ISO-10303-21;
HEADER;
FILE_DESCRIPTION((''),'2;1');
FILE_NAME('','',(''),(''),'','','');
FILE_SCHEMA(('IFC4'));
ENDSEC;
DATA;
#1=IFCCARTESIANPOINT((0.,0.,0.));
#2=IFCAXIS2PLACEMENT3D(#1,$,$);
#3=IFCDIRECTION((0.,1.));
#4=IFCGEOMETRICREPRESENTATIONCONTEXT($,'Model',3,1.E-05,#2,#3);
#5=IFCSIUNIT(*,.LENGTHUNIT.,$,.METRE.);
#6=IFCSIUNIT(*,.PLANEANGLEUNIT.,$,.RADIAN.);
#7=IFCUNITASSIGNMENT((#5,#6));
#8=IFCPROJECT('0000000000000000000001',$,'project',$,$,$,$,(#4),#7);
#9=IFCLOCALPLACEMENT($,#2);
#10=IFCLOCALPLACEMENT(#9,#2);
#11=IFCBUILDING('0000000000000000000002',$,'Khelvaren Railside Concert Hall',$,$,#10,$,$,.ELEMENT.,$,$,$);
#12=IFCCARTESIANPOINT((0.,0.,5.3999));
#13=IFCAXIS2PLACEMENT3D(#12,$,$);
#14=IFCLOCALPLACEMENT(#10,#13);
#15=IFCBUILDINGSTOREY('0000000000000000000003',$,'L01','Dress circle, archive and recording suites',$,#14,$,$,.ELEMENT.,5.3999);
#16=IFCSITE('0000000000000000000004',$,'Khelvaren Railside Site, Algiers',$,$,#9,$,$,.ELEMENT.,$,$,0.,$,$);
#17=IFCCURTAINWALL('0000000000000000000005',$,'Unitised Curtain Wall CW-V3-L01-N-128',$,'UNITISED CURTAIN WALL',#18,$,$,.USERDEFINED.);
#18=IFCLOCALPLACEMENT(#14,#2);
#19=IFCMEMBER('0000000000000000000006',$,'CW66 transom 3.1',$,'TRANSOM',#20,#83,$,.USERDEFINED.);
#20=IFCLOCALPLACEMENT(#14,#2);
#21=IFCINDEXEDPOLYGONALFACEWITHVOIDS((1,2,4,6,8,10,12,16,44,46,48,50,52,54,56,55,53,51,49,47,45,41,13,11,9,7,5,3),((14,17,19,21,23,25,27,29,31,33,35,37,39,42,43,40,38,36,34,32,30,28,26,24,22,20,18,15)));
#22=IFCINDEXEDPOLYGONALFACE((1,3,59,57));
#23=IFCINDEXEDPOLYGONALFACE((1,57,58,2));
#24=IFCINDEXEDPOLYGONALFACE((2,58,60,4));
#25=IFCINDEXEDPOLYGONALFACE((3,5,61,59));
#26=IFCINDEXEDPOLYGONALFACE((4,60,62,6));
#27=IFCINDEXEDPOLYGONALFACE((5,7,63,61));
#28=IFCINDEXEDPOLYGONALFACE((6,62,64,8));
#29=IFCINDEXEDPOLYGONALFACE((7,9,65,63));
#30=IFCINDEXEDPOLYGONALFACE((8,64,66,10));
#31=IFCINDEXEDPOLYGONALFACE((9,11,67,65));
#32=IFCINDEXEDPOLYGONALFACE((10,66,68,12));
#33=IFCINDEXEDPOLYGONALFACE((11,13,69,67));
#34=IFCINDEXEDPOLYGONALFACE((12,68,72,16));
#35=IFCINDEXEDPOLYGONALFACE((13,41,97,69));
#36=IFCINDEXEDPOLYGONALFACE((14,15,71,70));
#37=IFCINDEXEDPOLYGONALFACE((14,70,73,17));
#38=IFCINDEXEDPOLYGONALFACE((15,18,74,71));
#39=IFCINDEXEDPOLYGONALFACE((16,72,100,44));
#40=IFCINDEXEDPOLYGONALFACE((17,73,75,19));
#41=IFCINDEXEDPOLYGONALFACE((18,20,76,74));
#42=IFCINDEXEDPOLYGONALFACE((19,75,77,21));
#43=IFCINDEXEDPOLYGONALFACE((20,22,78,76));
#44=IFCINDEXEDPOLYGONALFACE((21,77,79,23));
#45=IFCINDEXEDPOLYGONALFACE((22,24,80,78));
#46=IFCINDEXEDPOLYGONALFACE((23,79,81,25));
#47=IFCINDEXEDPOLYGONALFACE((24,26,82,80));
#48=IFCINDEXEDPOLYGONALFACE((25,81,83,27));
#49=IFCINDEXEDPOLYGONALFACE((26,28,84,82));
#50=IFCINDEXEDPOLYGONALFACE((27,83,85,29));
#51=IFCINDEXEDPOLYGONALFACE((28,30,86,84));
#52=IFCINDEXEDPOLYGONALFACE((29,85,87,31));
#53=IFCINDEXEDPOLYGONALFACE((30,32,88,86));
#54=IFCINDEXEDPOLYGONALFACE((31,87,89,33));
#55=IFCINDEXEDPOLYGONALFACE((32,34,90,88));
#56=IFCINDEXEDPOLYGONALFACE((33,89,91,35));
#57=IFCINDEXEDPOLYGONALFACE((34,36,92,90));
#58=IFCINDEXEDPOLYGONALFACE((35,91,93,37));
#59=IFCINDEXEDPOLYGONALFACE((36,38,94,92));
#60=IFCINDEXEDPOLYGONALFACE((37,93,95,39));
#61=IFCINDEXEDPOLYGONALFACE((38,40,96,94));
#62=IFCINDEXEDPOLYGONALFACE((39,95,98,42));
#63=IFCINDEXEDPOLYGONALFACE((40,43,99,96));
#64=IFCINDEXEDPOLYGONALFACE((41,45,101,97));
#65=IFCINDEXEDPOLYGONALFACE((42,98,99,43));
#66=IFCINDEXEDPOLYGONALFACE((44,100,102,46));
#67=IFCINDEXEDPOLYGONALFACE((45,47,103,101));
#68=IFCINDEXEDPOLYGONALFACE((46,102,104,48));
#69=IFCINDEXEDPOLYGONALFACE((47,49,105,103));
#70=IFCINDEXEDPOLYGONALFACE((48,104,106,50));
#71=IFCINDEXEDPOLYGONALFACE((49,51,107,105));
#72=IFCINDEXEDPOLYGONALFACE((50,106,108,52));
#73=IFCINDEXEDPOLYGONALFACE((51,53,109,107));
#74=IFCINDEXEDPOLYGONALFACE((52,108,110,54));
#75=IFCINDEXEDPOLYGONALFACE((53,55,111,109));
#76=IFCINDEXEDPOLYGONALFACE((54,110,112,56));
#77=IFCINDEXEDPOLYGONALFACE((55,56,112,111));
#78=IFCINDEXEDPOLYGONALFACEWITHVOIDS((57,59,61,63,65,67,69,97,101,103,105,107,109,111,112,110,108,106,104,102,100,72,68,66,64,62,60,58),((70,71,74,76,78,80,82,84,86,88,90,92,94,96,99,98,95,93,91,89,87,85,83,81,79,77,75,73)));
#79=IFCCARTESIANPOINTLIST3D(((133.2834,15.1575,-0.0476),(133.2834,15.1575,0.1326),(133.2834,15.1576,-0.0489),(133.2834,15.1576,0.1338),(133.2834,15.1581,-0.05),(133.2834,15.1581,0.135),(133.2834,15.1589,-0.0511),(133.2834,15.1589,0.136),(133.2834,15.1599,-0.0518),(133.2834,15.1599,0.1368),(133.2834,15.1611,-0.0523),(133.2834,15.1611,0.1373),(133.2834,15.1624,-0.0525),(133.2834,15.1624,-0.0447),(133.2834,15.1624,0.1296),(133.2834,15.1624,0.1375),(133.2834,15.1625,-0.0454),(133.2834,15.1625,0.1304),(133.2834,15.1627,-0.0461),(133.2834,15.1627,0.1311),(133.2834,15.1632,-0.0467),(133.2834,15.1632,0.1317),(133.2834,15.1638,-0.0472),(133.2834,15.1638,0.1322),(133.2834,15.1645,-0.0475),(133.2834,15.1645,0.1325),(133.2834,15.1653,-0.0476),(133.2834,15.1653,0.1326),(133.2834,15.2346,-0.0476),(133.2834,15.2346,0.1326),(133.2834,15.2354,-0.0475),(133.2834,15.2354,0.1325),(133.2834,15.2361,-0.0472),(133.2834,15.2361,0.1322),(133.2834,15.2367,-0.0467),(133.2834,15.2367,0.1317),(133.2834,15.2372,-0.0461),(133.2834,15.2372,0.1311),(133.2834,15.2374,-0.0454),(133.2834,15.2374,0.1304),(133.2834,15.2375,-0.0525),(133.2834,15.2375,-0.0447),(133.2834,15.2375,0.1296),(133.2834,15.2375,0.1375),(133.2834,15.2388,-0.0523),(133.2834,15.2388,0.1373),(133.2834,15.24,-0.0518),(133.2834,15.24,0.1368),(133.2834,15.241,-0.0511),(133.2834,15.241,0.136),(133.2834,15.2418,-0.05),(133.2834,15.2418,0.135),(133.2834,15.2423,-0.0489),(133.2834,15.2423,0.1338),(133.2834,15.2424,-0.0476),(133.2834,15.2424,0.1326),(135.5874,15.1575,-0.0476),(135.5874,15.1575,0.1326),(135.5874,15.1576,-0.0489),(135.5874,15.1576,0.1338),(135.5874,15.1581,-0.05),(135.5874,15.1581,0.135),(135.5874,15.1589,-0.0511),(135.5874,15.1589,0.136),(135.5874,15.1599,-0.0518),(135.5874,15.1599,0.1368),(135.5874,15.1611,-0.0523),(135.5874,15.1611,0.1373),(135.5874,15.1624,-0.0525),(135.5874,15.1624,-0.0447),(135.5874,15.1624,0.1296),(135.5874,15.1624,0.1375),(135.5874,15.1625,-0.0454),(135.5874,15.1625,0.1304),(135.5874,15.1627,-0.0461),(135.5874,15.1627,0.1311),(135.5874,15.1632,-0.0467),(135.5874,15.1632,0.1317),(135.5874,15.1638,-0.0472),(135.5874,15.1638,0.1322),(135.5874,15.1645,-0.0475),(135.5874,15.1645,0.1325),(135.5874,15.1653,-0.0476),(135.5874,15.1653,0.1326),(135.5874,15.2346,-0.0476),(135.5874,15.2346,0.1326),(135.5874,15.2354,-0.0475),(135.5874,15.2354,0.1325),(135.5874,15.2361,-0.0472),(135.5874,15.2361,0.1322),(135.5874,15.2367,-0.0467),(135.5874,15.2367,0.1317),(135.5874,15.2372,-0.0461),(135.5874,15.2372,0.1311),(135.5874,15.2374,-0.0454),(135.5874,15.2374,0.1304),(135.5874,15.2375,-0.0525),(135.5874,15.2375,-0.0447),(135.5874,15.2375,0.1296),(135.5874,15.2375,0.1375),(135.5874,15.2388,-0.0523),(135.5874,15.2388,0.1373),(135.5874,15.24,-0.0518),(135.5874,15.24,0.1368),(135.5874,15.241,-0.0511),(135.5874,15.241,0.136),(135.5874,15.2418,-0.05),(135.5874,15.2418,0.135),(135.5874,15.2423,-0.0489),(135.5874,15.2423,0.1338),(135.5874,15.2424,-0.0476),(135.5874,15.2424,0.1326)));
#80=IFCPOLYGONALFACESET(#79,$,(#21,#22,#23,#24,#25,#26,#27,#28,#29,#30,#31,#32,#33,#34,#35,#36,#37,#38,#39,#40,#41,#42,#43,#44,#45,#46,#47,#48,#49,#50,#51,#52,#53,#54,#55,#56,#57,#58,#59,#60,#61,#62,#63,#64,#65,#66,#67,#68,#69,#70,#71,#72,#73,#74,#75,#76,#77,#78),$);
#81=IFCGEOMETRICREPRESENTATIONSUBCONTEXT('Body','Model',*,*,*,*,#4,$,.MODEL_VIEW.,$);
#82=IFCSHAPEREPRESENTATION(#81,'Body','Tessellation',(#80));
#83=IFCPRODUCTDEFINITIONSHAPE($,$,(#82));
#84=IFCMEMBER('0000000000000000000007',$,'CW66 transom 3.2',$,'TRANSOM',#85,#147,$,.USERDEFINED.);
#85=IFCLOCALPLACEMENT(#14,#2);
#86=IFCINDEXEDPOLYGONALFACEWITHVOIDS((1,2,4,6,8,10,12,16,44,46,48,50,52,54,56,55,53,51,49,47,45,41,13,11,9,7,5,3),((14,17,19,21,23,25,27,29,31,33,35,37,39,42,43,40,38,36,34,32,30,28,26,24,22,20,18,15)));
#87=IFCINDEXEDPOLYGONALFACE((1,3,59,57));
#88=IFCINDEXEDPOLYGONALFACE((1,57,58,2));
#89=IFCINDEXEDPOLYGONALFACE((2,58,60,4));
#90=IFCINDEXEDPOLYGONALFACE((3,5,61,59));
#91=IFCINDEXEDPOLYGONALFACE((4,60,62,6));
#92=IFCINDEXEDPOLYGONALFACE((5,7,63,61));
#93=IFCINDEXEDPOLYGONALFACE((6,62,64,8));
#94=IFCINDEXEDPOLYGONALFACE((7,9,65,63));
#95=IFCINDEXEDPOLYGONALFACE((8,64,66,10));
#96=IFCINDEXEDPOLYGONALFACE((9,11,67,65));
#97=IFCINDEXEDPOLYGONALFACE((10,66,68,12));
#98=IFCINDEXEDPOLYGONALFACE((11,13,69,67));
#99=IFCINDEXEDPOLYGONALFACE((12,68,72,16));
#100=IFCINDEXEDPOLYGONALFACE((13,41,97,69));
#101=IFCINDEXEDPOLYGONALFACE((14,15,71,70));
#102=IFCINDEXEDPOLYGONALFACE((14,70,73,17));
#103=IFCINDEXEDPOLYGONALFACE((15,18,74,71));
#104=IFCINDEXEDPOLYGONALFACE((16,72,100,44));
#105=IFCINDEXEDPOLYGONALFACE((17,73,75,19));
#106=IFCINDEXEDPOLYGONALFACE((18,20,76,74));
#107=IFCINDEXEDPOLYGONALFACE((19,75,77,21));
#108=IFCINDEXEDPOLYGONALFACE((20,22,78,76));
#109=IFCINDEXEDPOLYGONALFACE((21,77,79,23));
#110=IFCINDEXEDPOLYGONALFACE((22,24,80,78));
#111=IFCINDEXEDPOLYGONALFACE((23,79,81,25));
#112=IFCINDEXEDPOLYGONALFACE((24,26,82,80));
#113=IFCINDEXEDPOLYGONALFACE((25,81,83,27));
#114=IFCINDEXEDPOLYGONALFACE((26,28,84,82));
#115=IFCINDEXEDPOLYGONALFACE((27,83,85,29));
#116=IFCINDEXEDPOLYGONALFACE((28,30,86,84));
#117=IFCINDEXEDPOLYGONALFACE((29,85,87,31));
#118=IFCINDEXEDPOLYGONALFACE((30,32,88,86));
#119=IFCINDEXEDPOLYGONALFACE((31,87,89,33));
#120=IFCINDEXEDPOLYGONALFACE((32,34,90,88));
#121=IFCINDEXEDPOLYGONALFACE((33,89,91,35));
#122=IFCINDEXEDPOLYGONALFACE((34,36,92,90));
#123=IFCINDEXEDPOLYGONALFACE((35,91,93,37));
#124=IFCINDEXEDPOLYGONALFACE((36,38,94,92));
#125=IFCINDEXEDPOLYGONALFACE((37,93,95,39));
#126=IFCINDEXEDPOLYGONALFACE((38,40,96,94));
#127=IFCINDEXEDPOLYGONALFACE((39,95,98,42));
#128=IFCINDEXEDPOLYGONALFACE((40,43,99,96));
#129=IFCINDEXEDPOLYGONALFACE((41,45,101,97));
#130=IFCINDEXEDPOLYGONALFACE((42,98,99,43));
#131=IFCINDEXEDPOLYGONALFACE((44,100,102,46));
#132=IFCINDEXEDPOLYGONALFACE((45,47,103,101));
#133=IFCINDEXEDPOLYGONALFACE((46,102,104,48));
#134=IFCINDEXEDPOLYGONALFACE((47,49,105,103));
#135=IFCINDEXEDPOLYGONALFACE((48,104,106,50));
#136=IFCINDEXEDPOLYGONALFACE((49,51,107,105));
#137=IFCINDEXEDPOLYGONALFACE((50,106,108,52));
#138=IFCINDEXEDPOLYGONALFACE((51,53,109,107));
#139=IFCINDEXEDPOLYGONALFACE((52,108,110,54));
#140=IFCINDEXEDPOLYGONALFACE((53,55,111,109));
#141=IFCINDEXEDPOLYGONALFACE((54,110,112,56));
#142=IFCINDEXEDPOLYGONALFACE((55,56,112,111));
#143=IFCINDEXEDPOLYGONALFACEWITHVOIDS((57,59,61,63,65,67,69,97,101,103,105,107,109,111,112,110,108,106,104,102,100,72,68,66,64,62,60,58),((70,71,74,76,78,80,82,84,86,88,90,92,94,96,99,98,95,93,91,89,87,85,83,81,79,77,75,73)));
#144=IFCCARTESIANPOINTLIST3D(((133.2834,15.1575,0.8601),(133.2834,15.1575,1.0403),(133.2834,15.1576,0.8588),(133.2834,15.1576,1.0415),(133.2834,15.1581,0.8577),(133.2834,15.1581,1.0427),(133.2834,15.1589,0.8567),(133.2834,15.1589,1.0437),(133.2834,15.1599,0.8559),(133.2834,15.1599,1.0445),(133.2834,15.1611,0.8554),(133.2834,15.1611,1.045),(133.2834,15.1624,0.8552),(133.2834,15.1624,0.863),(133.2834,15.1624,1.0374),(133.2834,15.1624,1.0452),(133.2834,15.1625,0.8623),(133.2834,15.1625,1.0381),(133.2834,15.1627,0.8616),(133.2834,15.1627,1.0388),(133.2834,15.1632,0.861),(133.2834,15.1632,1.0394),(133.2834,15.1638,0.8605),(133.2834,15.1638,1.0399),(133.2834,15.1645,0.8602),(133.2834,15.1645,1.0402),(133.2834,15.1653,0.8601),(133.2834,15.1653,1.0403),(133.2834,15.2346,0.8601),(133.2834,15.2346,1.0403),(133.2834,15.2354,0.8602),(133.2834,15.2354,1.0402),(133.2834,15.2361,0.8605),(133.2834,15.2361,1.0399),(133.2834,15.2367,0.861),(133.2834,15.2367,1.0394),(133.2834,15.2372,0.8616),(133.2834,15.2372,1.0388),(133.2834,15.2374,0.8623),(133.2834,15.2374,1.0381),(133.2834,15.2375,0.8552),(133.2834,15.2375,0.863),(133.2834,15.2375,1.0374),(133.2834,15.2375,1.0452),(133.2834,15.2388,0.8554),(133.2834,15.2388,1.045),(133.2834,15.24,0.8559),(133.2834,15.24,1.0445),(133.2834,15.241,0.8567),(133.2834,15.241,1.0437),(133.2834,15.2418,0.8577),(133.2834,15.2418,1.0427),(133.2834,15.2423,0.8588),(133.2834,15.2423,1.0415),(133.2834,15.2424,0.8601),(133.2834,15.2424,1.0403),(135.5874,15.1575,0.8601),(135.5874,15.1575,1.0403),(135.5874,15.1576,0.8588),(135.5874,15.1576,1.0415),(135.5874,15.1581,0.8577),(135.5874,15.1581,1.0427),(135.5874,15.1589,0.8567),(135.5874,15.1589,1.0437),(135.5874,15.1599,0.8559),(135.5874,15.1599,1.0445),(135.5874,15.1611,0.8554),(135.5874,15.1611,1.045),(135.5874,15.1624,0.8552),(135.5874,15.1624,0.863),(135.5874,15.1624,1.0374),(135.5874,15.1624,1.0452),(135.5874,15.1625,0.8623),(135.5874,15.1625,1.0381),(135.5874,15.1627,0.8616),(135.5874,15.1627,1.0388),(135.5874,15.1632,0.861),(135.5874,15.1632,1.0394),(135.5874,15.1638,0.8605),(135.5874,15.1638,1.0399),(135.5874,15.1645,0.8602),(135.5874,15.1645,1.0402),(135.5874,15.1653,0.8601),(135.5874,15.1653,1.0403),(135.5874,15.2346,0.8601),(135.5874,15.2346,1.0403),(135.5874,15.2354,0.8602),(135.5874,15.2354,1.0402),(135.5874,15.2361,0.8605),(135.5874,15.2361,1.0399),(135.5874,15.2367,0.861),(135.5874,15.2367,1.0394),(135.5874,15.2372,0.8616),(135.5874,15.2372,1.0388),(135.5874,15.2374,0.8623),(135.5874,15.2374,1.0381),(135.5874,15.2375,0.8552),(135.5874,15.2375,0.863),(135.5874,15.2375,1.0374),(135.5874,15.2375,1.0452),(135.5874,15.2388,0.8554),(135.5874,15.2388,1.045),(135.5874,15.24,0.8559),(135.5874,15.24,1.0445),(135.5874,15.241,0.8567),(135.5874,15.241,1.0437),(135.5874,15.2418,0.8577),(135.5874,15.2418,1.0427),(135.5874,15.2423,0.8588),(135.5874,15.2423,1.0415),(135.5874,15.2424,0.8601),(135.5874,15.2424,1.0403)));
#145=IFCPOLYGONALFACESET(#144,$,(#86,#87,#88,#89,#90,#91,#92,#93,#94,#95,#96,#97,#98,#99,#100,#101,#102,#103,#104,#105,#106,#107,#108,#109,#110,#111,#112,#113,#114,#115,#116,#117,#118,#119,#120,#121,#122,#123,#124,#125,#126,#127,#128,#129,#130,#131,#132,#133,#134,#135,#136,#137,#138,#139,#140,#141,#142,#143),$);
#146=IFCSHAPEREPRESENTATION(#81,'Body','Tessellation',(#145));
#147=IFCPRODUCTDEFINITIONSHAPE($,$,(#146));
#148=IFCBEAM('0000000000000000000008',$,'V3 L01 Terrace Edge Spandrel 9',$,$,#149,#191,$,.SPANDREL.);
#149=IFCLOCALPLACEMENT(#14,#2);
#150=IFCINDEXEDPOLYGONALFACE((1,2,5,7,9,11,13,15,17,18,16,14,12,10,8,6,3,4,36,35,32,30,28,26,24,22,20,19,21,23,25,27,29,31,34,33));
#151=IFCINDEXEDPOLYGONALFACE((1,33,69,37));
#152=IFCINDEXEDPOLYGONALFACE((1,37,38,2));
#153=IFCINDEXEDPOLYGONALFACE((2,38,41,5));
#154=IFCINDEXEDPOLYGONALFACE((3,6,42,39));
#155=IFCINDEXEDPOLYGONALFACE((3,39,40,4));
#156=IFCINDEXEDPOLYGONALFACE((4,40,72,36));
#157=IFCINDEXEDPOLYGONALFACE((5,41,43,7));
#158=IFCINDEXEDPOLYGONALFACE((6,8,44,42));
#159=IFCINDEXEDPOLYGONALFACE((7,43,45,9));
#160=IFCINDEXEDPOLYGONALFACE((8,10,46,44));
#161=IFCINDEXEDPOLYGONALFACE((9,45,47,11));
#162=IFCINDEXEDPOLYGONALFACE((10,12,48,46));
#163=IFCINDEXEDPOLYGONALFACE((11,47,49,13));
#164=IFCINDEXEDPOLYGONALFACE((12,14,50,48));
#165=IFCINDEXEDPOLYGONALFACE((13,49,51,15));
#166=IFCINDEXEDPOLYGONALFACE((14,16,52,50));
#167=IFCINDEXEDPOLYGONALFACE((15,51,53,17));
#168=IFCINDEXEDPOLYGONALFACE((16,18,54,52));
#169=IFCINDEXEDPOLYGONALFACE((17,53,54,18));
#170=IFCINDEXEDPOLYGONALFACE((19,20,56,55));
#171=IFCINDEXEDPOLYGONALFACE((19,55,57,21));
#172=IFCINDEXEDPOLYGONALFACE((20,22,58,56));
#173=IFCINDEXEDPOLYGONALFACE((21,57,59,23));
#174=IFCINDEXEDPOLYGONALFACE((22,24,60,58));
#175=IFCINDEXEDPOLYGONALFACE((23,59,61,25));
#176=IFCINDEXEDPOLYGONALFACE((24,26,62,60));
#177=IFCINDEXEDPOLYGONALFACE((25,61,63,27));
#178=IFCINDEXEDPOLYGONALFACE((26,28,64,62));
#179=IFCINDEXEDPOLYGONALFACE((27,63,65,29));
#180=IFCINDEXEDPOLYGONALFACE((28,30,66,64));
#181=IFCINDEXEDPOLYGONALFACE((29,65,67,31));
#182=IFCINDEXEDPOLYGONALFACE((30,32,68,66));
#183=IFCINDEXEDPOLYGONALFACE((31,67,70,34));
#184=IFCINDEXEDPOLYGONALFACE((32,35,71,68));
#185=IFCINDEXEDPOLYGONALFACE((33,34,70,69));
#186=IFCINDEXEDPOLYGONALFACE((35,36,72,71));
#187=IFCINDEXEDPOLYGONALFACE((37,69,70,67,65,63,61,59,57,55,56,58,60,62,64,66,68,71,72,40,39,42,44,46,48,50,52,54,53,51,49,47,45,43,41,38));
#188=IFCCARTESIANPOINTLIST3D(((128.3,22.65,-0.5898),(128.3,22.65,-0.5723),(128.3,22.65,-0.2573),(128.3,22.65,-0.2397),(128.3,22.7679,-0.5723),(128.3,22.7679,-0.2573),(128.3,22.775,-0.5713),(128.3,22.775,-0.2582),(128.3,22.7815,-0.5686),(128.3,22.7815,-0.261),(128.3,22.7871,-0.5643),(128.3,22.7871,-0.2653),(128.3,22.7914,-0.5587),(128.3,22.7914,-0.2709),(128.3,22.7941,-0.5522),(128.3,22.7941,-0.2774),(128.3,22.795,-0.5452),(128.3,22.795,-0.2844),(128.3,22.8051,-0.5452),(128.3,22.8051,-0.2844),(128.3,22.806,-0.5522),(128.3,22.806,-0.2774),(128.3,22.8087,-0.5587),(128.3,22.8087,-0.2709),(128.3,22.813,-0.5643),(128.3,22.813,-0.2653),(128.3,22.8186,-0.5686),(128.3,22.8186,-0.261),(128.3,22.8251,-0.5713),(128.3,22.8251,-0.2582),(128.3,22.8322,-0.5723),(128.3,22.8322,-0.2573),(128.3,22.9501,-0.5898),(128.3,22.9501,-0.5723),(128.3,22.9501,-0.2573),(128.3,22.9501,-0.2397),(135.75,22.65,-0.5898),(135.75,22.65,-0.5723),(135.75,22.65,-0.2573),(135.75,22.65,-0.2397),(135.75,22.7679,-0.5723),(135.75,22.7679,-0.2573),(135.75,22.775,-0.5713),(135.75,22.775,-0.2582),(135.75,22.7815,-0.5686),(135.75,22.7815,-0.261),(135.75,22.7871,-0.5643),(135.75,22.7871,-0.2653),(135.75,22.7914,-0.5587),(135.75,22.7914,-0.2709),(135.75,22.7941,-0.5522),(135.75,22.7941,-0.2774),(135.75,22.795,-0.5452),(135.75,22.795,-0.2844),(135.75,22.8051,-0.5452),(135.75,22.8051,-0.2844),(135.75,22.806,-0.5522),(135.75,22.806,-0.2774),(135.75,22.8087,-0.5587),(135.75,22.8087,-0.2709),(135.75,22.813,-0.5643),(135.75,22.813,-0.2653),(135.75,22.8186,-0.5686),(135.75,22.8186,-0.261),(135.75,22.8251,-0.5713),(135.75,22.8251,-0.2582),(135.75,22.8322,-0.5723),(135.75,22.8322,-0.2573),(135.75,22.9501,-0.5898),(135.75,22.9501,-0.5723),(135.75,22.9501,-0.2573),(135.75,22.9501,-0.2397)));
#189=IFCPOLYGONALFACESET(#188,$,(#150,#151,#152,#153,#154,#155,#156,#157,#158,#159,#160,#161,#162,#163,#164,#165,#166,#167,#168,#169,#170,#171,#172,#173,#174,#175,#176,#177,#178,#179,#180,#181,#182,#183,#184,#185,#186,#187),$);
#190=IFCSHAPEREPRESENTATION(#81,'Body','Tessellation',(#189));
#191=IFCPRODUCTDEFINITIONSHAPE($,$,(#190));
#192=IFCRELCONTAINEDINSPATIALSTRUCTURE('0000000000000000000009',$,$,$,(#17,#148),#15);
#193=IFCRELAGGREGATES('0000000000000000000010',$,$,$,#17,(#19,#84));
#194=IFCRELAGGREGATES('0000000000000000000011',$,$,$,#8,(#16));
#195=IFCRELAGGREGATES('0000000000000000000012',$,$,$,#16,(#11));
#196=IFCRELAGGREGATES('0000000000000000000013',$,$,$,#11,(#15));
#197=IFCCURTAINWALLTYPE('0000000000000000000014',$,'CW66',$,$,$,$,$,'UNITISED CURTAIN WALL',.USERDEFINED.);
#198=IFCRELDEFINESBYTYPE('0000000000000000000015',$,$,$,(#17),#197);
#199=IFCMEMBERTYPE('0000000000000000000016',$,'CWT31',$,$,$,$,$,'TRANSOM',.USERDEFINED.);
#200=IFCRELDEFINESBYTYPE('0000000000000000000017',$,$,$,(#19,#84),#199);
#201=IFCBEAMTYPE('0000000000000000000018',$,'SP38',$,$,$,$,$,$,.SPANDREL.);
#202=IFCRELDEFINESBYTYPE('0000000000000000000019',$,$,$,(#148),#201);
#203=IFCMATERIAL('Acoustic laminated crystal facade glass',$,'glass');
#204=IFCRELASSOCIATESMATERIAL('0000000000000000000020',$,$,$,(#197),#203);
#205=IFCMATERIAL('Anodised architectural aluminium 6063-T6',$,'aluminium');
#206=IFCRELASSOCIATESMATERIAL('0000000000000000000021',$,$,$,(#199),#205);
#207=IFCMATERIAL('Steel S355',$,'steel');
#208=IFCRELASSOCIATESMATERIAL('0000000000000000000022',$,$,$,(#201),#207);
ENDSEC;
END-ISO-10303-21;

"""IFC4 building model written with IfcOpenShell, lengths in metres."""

from ifc_helpers import new_model, si_unit, direction, frame, origin, origin_2d, place, context, subcontext, project, spatial, hollow_rectangle, i_section, extrude, material, material_profile, profile_set, type_object, element, aggregate, save


model = new_model("IFC4")

# Units and contexts
model_context = context("Model", 3, precision=1e-05, world=origin(), true_north=direction((0.0, 1.0)))
body_context = subcontext(model_context, "Body", "Model", "MODEL_VIEW")
ifc_project = project(units=[si_unit("LENGTHUNIT", "METRE"), si_unit("PLANEANGLEUNIT", "RADIAN")], contexts=[model_context])

# Site, building, storey
site_placement = place(None, origin())
site = spatial("IfcSite", under=ifc_project, at=site_placement, Name="Khelvaren Railside Site, Algiers", CompositionType="ELEMENT", RefElevation=0.0)
building_placement = place(site_placement, origin())
building = spatial("IfcBuilding", under=site, at=building_placement, Name="Khelvaren Railside Concert Hall", CompositionType="ELEMENT")
storey_placement = place(building_placement, frame((0.0, 0.0, 5.3999)))
storey = spatial("IfcBuildingStorey", under=building, at=storey_placement, Name="L01", Description="Dress circle, archive and recording suites", CompositionType="ELEMENT", Elevation=5.3999)

# Shared definitions
ifc_material_1 = material(Name="Acoustic laminated crystal facade glass", Category="glass")
ifc_material_2 = material(Name="Anodised architectural aluminium 6063-T6", Category="aluminium")

# Curtain wall, members
curtain_wall_type_1 = type_object("IfcCurtainWallType", Name="CW66", ElementType="UNITISED CURTAIN WALL", PredefinedType="USERDEFINED", material=ifc_material_1)
curtain_wall_1_placement = place(storey_placement, origin())
curtain_wall_1 = element("IfcCurtainWall", 1, at=curtain_wall_1_placement, inside=storey, type_object=curtain_wall_type_1, Name="Unitised Curtain Wall CW-V3-L01-N-128", ObjectType="UNITISED CURTAIN WALL", PredefinedType="USERDEFINED")
ifc_material_profile_1 = material_profile(ifc_material_2, hollow_rectangle(XDim=0.085, YDim=0.1899, WallThickness=0.0049, InnerFilletRadius=0.0029, OuterFilletRadius=0.0049, at=origin_2d()), Name="CWT 85x190x5")
ifc_profile_set_1 = profile_set([ifc_material_profile_1], Name="Anodised architectural aluminium 6063-T6")
member_type_1 = type_object("IfcMemberType", Name="CWT31", ElementType="TRANSOM", PredefinedType="USERDEFINED", material=ifc_profile_set_1)
member_1_placement = place(storey_placement, frame((133.2834, 15.2, 0.0425), z_axis=(1.0, 0.0, 0.0), x_axis=(0.0, 1.0, 0.0)))
member_1 = element("IfcMember", 2, at=member_1_placement, type_object=member_type_1, Name="CW66 transom 3.1", ObjectType="TRANSOM", PredefinedType="USERDEFINED", context=body_context, shape_type="SweptSolid", body=[
    extrude(hollow_rectangle(XDim=0.085, YDim=0.1899, WallThickness=0.0049, InnerFilletRadius=0.0029, OuterFilletRadius=0.0049, at=origin_2d()), origin(), (0.0, 0.0, 1.0), 2.304),
])
member_2_placement = place(storey_placement, frame((133.2834, 15.2, 0.9502), z_axis=(1.0, 0.0, 0.0), x_axis=(0.0, 1.0, 0.0)))
member_2 = element("IfcMember", 3, at=member_2_placement, type_object=member_type_1, Name="CW66 transom 3.2", ObjectType="TRANSOM", PredefinedType="USERDEFINED", context=body_context, shape_type="SweptSolid", body=[
    extrude(hollow_rectangle(XDim=0.085, YDim=0.1899, WallThickness=0.0049, InnerFilletRadius=0.0029, OuterFilletRadius=0.0049, at=origin_2d()), origin(), (0.0, 0.0, 1.0), 2.304),
])

# Beam
ifc_material_3 = material(Name="Steel S355", Category="steel")
ifc_material_profile_2 = material_profile(ifc_material_3, i_section(OverallWidth=0.3, OverallDepth=0.3501, WebThickness=0.01, FlangeThickness=0.0176, FilletRadius=0.0271, at=origin_2d()), Name="HEA 360")
ifc_profile_set_2 = profile_set([ifc_material_profile_2], Name="Steel S355")
beam_type_1 = type_object("IfcBeamType", Name="SP38", PredefinedType="SPANDREL", material=ifc_profile_set_2)
beam_1_placement = place(storey_placement, frame((128.3, 22.8, -0.4148), z_axis=(1.0, 0.0, 0.0), x_axis=(0.0, 1.0, 0.0)))
element("IfcBeam", 4, at=beam_1_placement, inside=storey, type_object=beam_type_1, Name="V3 L01 Terrace Edge Spandrel 9", PredefinedType="SPANDREL", context=body_context, shape_type="SweptSolid", body=[
    extrude(i_section(OverallWidth=0.3, OverallDepth=0.3501, WebThickness=0.01, FlangeThickness=0.0176, FilletRadius=0.0271, at=origin_2d()), origin(), (0.0, 0.0, 1.0), 7.45),
])

aggregate(curtain_wall_1, [member_1, member_2])

save(model, "model.ifc")
